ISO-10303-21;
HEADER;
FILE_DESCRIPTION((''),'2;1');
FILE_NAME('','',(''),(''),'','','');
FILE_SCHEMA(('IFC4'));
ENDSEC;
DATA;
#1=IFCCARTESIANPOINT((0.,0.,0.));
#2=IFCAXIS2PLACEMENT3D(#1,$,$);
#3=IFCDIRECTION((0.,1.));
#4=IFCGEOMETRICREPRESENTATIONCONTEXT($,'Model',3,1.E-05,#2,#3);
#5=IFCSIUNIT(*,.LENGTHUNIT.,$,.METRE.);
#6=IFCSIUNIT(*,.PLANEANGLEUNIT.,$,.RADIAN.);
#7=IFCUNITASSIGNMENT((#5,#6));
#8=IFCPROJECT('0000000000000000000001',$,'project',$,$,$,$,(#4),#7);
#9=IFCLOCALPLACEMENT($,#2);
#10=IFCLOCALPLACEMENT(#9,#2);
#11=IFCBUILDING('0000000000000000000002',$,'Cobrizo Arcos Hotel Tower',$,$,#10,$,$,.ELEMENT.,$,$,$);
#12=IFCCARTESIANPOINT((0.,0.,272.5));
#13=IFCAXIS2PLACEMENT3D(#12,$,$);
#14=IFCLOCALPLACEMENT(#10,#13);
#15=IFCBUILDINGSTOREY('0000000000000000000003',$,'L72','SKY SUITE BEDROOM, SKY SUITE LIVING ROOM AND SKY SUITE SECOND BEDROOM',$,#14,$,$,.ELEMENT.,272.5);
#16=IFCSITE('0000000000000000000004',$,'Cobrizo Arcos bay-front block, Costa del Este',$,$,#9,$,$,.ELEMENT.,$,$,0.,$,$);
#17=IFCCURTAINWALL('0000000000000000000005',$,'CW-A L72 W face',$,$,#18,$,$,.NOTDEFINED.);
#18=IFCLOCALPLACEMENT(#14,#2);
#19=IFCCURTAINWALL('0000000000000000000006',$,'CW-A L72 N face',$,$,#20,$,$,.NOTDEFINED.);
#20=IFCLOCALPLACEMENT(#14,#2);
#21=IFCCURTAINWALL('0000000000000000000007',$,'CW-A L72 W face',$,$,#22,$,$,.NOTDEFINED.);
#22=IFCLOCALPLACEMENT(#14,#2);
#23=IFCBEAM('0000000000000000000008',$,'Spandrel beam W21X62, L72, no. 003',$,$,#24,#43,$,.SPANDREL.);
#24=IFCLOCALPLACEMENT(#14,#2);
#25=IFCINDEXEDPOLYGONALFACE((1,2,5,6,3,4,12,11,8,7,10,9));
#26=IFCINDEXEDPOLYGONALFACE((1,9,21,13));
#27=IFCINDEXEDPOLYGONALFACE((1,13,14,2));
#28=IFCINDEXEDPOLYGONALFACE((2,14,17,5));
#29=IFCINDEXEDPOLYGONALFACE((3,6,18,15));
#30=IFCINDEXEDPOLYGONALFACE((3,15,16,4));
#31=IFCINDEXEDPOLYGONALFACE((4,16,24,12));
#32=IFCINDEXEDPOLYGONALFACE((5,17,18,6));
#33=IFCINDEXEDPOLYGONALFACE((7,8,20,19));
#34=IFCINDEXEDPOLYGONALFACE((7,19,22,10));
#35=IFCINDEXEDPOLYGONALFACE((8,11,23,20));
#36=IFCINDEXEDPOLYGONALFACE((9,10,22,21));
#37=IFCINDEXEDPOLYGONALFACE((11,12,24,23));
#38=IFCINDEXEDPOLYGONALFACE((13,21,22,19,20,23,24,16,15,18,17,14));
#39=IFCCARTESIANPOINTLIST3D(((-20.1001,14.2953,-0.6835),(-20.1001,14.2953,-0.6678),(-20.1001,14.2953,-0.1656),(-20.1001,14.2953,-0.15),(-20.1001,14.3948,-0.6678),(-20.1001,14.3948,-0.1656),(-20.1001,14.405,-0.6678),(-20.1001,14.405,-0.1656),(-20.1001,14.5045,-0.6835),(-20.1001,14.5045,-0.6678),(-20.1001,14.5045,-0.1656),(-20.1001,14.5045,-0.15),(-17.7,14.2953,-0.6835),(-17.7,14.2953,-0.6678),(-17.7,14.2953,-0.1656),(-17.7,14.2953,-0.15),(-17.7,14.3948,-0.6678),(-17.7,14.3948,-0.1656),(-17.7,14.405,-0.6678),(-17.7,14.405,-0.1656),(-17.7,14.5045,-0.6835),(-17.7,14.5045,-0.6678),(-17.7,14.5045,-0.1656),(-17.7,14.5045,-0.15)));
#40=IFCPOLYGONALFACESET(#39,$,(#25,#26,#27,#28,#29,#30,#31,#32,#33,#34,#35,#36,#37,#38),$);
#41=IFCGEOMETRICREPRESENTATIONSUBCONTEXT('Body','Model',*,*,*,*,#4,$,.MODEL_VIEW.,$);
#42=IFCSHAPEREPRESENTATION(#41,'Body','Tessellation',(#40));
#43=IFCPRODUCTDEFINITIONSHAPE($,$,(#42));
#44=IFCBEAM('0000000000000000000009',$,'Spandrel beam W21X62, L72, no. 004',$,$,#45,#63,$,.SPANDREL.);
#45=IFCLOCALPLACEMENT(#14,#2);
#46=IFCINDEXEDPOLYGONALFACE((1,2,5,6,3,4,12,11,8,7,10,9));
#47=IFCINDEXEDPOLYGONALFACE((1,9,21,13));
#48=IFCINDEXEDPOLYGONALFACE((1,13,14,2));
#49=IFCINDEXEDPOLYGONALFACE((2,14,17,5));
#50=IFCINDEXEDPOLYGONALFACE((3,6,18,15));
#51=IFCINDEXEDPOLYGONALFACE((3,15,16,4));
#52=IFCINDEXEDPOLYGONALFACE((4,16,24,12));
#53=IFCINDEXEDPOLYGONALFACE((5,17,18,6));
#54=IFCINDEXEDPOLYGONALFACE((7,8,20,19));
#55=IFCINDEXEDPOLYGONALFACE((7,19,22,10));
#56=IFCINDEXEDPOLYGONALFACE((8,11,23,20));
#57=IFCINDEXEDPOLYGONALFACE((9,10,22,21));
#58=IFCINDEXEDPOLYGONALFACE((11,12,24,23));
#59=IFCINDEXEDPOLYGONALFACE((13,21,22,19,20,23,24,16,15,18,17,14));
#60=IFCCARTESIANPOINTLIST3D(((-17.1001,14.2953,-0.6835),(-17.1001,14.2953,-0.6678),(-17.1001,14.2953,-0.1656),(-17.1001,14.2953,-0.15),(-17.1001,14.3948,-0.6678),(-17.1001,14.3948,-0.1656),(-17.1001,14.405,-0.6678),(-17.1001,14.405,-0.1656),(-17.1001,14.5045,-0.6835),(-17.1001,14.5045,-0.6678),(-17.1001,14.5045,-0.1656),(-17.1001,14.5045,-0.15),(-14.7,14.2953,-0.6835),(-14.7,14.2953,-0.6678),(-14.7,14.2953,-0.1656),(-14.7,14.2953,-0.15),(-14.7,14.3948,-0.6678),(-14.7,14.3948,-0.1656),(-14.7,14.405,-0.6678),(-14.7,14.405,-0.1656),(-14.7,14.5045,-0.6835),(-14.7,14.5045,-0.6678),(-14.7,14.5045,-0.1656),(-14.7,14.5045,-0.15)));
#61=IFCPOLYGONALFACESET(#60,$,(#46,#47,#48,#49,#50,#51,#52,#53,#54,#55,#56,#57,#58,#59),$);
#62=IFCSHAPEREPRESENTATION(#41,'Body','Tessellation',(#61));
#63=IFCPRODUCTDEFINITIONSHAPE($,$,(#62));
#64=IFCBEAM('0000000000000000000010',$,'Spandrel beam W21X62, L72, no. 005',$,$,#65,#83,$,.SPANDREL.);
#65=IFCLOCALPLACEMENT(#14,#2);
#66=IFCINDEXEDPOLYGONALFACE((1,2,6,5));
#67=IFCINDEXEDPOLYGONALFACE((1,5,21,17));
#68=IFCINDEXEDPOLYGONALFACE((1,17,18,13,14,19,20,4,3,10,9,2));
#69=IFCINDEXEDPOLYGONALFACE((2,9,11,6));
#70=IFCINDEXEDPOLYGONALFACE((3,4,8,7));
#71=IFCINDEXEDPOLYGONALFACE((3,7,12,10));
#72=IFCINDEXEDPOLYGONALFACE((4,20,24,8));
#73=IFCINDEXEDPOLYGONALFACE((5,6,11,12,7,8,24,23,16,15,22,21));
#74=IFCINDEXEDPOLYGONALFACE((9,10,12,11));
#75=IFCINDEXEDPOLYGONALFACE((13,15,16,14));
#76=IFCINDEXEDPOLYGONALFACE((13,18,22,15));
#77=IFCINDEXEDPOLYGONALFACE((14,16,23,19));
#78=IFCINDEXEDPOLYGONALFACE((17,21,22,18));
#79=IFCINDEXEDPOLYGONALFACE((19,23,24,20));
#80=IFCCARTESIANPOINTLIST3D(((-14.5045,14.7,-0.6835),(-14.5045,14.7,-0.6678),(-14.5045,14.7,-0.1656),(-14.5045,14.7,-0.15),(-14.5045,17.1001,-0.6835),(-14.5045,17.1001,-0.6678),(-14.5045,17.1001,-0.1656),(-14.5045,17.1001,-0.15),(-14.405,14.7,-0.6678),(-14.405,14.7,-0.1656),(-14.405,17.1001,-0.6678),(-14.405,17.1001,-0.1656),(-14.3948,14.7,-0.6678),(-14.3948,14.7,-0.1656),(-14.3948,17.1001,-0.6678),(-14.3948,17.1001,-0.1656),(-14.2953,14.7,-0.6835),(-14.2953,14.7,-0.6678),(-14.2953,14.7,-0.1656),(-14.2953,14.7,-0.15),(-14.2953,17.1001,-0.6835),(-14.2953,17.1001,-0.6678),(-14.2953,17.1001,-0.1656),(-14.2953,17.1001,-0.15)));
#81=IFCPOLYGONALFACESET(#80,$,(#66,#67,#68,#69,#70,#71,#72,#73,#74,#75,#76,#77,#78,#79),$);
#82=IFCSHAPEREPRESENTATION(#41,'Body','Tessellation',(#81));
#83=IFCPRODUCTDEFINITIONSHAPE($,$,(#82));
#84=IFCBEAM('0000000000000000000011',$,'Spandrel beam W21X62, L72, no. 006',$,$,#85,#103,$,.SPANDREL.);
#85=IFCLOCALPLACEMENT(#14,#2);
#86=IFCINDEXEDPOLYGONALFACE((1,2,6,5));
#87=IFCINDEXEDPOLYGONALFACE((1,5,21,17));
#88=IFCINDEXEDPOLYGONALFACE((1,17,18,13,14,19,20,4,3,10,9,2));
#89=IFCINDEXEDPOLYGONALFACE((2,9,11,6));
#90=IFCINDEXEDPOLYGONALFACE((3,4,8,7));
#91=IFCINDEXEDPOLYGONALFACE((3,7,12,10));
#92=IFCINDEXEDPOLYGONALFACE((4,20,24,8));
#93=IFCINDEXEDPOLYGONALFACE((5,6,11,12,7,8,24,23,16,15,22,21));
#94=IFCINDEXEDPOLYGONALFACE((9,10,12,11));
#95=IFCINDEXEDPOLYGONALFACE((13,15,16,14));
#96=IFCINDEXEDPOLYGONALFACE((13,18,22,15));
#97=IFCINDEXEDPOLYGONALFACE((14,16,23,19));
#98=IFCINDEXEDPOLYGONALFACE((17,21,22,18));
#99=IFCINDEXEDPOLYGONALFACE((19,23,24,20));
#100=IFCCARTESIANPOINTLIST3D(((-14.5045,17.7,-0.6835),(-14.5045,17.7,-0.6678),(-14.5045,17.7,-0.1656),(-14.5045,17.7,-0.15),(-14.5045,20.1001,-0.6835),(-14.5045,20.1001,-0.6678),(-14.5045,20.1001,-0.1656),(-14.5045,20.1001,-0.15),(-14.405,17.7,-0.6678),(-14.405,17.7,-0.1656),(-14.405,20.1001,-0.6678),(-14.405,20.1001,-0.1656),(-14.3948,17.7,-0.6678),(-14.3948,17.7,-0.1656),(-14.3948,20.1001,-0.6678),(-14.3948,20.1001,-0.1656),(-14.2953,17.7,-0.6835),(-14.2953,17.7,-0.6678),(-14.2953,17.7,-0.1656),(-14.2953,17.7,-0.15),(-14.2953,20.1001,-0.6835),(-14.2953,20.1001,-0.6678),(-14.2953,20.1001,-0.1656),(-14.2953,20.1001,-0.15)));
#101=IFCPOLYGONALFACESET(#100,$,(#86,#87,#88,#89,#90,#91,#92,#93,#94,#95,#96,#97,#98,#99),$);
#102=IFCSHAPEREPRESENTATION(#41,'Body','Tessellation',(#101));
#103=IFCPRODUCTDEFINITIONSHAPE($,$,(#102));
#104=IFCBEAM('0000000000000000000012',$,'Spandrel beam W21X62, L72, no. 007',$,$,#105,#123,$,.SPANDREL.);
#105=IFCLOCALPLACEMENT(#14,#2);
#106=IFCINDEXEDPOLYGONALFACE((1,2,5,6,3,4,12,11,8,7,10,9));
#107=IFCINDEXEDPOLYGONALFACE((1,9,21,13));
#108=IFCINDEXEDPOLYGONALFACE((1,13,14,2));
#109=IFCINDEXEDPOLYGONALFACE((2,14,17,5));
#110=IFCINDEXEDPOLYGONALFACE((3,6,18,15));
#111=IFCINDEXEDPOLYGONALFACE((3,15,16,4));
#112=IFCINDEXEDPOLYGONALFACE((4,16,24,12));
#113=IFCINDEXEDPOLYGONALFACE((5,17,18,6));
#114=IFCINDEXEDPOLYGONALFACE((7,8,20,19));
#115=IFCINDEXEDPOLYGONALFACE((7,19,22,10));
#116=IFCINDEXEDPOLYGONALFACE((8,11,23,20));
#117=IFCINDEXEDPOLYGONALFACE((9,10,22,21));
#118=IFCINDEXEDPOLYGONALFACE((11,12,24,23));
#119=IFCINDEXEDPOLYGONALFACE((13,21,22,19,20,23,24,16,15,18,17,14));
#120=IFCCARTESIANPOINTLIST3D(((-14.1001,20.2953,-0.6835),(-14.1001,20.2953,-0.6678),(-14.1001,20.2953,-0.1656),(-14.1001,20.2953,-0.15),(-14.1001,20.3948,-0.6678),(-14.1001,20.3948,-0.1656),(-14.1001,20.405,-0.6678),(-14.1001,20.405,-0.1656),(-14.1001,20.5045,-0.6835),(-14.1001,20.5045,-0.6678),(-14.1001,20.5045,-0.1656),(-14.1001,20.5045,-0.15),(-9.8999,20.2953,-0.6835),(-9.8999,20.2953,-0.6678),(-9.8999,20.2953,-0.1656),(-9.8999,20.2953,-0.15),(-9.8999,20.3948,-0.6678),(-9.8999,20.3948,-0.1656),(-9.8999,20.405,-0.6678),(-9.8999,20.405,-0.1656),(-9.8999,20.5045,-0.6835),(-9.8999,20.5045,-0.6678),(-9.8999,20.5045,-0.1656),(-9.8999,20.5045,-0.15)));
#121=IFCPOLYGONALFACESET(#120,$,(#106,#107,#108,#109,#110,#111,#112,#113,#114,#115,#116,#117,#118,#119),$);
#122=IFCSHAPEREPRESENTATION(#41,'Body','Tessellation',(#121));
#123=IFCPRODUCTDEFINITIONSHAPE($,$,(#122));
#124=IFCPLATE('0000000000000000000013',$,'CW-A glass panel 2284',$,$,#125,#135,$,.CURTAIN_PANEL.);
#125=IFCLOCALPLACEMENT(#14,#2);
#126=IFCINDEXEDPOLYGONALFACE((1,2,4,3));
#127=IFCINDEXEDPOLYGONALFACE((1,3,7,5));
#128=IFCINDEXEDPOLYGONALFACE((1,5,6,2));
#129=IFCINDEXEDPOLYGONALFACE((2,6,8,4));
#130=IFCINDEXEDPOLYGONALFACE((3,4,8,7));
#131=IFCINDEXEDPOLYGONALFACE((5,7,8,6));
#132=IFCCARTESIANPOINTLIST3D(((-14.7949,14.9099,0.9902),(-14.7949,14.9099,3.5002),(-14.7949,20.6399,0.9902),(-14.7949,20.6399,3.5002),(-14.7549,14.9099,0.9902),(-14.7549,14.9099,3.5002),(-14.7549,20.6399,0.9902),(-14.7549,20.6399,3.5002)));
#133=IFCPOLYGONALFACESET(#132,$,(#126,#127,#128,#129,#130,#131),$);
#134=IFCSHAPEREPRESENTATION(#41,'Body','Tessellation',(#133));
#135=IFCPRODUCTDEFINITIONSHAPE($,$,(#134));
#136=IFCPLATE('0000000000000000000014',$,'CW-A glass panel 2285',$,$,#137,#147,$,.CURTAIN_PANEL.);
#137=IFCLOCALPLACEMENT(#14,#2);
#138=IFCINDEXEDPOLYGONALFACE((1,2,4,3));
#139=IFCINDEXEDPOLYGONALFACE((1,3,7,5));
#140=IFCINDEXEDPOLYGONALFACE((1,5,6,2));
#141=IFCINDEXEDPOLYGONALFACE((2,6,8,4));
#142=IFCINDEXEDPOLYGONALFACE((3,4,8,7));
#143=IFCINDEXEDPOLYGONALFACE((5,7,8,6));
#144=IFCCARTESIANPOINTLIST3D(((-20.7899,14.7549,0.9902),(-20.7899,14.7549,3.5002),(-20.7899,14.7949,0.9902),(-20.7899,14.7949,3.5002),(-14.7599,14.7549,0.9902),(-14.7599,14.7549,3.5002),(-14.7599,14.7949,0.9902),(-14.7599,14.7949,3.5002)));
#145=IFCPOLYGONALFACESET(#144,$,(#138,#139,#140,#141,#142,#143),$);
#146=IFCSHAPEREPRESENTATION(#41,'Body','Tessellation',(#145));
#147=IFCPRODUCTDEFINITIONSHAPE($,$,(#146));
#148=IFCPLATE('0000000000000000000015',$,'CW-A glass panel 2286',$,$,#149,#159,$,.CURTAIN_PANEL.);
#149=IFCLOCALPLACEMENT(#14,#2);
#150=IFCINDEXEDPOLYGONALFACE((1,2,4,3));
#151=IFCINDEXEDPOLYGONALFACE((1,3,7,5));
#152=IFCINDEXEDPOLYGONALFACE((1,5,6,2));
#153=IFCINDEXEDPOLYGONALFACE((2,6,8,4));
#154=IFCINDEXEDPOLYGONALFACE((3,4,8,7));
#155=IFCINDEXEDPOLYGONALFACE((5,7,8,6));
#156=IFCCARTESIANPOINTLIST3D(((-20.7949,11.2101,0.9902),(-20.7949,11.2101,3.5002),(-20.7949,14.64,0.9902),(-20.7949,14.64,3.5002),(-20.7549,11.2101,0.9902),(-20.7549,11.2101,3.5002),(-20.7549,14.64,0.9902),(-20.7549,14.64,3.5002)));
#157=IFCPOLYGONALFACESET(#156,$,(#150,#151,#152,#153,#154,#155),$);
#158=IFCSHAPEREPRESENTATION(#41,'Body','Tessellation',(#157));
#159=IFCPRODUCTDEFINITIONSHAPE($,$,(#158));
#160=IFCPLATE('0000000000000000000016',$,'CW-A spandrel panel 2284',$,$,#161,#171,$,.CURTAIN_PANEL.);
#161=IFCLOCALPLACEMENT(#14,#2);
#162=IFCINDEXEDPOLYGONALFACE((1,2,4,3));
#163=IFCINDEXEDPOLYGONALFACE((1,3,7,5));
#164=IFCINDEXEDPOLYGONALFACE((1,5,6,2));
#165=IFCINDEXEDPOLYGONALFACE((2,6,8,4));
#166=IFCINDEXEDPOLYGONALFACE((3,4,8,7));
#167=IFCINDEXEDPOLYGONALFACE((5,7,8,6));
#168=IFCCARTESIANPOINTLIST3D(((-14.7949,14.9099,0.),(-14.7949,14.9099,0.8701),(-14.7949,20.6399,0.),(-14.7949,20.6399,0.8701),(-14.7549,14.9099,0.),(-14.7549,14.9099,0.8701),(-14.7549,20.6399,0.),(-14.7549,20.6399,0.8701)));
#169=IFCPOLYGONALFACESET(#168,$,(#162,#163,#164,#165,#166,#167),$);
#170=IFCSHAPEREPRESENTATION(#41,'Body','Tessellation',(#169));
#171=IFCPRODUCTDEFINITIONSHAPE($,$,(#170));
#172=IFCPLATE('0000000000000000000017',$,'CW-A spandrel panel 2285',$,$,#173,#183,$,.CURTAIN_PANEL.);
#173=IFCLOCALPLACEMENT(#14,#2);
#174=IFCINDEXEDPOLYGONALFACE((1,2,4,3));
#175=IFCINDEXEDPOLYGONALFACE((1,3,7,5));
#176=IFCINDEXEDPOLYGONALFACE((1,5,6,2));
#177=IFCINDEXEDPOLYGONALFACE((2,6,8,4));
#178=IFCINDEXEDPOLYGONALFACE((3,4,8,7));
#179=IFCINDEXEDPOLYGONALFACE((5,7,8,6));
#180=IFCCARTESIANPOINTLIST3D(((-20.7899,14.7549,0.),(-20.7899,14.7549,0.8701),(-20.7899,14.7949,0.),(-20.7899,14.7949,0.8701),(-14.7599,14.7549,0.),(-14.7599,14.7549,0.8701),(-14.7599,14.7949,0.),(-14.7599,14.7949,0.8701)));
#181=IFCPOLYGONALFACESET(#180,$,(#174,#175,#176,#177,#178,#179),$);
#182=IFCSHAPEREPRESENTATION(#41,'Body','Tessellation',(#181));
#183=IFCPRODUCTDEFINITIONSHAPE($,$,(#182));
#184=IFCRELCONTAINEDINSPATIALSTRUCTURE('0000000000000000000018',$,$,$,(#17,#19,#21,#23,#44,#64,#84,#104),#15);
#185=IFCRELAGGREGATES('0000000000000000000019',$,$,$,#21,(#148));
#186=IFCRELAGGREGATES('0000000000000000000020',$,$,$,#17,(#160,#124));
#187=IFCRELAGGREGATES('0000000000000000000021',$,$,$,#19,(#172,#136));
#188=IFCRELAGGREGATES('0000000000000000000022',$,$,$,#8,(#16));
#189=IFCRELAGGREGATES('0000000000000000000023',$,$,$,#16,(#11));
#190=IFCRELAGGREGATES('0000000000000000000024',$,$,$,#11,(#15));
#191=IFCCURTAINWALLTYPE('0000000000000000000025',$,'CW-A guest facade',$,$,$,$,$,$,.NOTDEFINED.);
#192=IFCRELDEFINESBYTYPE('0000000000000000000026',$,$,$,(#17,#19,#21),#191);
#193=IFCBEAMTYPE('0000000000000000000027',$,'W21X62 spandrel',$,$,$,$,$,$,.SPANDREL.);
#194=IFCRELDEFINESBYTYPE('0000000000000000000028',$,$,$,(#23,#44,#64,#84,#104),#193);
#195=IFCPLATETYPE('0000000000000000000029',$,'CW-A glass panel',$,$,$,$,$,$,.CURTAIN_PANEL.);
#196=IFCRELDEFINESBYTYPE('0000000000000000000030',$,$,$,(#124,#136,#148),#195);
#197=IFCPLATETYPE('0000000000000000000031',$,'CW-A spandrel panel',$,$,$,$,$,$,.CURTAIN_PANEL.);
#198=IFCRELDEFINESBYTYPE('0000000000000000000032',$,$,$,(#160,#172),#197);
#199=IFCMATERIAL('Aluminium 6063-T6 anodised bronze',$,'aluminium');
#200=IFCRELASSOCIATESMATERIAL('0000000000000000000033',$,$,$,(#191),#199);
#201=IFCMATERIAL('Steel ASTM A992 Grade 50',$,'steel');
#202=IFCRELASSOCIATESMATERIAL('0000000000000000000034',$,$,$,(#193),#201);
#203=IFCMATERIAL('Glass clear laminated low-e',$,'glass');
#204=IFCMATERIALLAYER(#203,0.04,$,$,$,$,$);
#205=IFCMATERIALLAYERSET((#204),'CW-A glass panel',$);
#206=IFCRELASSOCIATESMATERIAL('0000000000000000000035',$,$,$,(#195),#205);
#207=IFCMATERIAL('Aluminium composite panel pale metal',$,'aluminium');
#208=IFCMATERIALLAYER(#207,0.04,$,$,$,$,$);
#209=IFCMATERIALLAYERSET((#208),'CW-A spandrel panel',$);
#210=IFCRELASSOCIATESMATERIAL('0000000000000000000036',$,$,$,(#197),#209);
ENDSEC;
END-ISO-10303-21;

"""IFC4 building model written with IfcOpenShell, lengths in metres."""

from ifc_helpers import new_model, si_unit, direction, frame, origin, origin_2d, place, context, subcontext, project, spatial, rectangle, i_section, extrude, material, layer, layer_set, material_profile, profile_set, type_object, element, aggregate, save


model = new_model("IFC4")

# Units and contexts
model_context = context("Model", 3, precision=1e-05, world=origin(), true_north=direction((0.0, 1.0)))
body_context = subcontext(model_context, "Body", "Model", "MODEL_VIEW")
ifc_project = project(units=[si_unit("LENGTHUNIT", "METRE"), si_unit("PLANEANGLEUNIT", "RADIAN")], contexts=[model_context])

# Site, building, storey
site_placement = place(None, origin())
site = spatial("IfcSite", under=ifc_project, at=site_placement, Name="Cobrizo Arcos bay-front block, Costa del Este", CompositionType="ELEMENT", RefElevation=0.0)
building_placement = place(site_placement, origin())
building = spatial("IfcBuilding", under=site, at=building_placement, Name="Cobrizo Arcos Hotel Tower", CompositionType="ELEMENT")
storey_placement = place(building_placement, frame((0.0, 0.0, 272.5)))
storey = spatial("IfcBuildingStorey", under=building, at=storey_placement, Name="L72", Description="SKY SUITE BEDROOM, SKY SUITE LIVING ROOM AND SKY SUITE SECOND BEDROOM", CompositionType="ELEMENT", Elevation=272.5)

# Shared definitions
ifc_material_1 = material(Name="Aluminium 6063-T6 anodised bronze", Category="aluminium")
curtain_wall_type = type_object("IfcCurtainWallType", Name="CW-A guest facade", PredefinedType="NOTDEFINED", material=ifc_material_1)

# Curtain walls
curtain_wall_1_placement = place(storey_placement, origin())
curtain_wall_1 = element("IfcCurtainWall", 1, at=curtain_wall_1_placement, inside=storey, type_object=curtain_wall_type, Name="CW-A L72 W face", PredefinedType="NOTDEFINED")
curtain_wall_2_placement = place(storey_placement, origin())
curtain_wall_2 = element("IfcCurtainWall", 2, at=curtain_wall_2_placement, inside=storey, type_object=curtain_wall_type, Name="CW-A L72 N face", PredefinedType="NOTDEFINED")

# Curtain wall
curtain_wall_3_placement = place(storey_placement, origin())
curtain_wall_3 = element("IfcCurtainWall", 3, at=curtain_wall_3_placement, inside=storey, type_object=curtain_wall_type, Name="CW-A L72 W face", PredefinedType="NOTDEFINED")

# Beams
ifc_material_2 = material(Name="Steel ASTM A992 Grade 50", Category="steel")
ifc_material_profile_1 = material_profile(ifc_material_2, i_section(OverallWidth=0.2092, OverallDepth=0.5334, WebThickness=0.0103, FlangeThickness=0.0156, at=origin_2d()), Name="W21X62")
ifc_profile_set_1 = profile_set([ifc_material_profile_1], Name="Steel ASTM A992 Grade 50")
beam_type = type_object("IfcBeamType", Name="W21X62 spandrel", PredefinedType="SPANDREL", material=ifc_profile_set_1)
for number, where, z_axis, x_axis, name in (
    (4, (-20.1001, 14.3999, -0.4167), (1.0, 0.0, 0.0), (0.0, 1.0, 0.0), "Spandrel beam W21X62, L72, no. 003"),
    (5, (-17.1001, 14.3999, -0.4167), (1.0, 0.0, 0.0), (0.0, 1.0, 0.0), "Spandrel beam W21X62, L72, no. 004"),
    (6, (-14.3999, 14.7, -0.4167), (0.0, 1.0, 0.0), (-1.0, 0.0, 0.0), "Spandrel beam W21X62, L72, no. 005"),
    (7, (-14.3999, 17.7, -0.4167), (0.0, 1.0, 0.0), (-1.0, 0.0, 0.0), "Spandrel beam W21X62, L72, no. 006"),
):
    element("IfcBeam", number, at=place(storey_placement, frame(where, z_axis=z_axis, x_axis=x_axis)), inside=storey, type_object=beam_type, Name=name, PredefinedType="SPANDREL", context=body_context, shape_type="SweptSolid", body=[
        extrude(i_section(OverallWidth=0.2092, OverallDepth=0.5334, WebThickness=0.0103, FlangeThickness=0.0156, at=origin_2d()), origin(), (0.0, 0.0, 1.0), 2.4001),
    ])
beam_placement = place(storey_placement, frame((-14.1001, 20.3999, -0.4167), z_axis=(1.0, 0.0, 0.0), x_axis=(0.0, 1.0, 0.0)))
element("IfcBeam", 8, at=beam_placement, inside=storey, type_object=beam_type, Name="Spandrel beam W21X62, L72, no. 007", PredefinedType="SPANDREL", context=body_context, shape_type="SweptSolid", body=[
    extrude(i_section(OverallWidth=0.2092, OverallDepth=0.5334, WebThickness=0.0103, FlangeThickness=0.0156, at=origin_2d()), origin(), (0.0, 0.0, 1.0), 4.2002),
])

# Plates
ifc_material_3 = material(Name="Glass clear laminated low-e", Category="glass")
ifc_layer_1 = layer(ifc_material_3, 0.04)
ifc_layer_set_1 = layer_set([ifc_layer_1], Name="CW-A glass panel")
plate_type_1 = type_object("IfcPlateType", Name="CW-A glass panel", PredefinedType="CURTAIN_PANEL", material=ifc_layer_set_1)
plate_1_placement = place(storey_placement, frame((-14.7749, 17.7749, 0.9902), z_axis=(0.0, 0.0, 1.0), x_axis=(0.0, -1.0, 0.0)))
plate_1 = element("IfcPlate", 9, at=plate_1_placement, type_object=plate_type_1, Name="CW-A glass panel 2284", PredefinedType="CURTAIN_PANEL", context=body_context, shape_type="SweptSolid", body=[
    extrude(rectangle(XDim=5.73, YDim=0.04, at=origin_2d()), origin(), (0.0, 0.0, 1.0), 2.51),
])
plate_2_placement = place(storey_placement, frame((-17.7749, 14.7749, 0.9902), z_axis=(0.0, 0.0, 1.0), x_axis=(-1.0, 0.0, 0.0)))
plate_2 = element("IfcPlate", 10, at=plate_2_placement, type_object=plate_type_1, Name="CW-A glass panel 2285", PredefinedType="CURTAIN_PANEL", context=body_context, shape_type="SweptSolid", body=[
    extrude(rectangle(XDim=6.03, YDim=0.04, at=origin_2d()), origin(), (0.0, 0.0, 1.0), 2.51),
])
plate_3_placement = place(storey_placement, frame((-20.7749, 12.925, 0.9902), z_axis=(0.0, 0.0, 1.0), x_axis=(0.0, -1.0, 0.0)))
plate_3 = element("IfcPlate", 11, at=plate_3_placement, type_object=plate_type_1, Name="CW-A glass panel 2286", PredefinedType="CURTAIN_PANEL", context=body_context, shape_type="SweptSolid", body=[
    extrude(rectangle(XDim=3.4299, YDim=0.04, at=origin_2d()), origin(), (0.0, 0.0, 1.0), 2.51),
])
aggregate(curtain_wall_3, [plate_3])
ifc_material_4 = material(Name="Aluminium composite panel pale metal", Category="aluminium")
ifc_layer_2 = layer(ifc_material_4, 0.04)
ifc_layer_set_2 = layer_set([ifc_layer_2], Name="CW-A spandrel panel")
plate_type_2 = type_object("IfcPlateType", Name="CW-A spandrel panel", PredefinedType="CURTAIN_PANEL", material=ifc_layer_set_2)
plate_4_placement = place(storey_placement, frame((-14.7749, 17.7749, 0.0), z_axis=(0.0, 0.0, 1.0), x_axis=(0.0, -1.0, 0.0)))
plate_4 = element("IfcPlate", 12, at=plate_4_placement, type_object=plate_type_2, Name="CW-A spandrel panel 2284", PredefinedType="CURTAIN_PANEL", context=body_context, shape_type="SweptSolid", body=[
    extrude(rectangle(XDim=5.73, YDim=0.04, at=origin_2d()), origin(), (0.0, 0.0, 1.0), 0.8701),
])
aggregate(curtain_wall_1, [plate_4, plate_1])
plate_5_placement = place(storey_placement, frame((-17.7749, 14.7749, 0.0), z_axis=(0.0, 0.0, 1.0), x_axis=(-1.0, 0.0, 0.0)))
plate_5 = element("IfcPlate", 13, at=plate_5_placement, type_object=plate_type_2, Name="CW-A spandrel panel 2285", PredefinedType="CURTAIN_PANEL", context=body_context, shape_type="SweptSolid", body=[
    extrude(rectangle(XDim=6.03, YDim=0.04, at=origin_2d()), origin(), (0.0, 0.0, 1.0), 0.8701),
])
aggregate(curtain_wall_2, [plate_5, plate_2])

save(model, "model.ifc")
